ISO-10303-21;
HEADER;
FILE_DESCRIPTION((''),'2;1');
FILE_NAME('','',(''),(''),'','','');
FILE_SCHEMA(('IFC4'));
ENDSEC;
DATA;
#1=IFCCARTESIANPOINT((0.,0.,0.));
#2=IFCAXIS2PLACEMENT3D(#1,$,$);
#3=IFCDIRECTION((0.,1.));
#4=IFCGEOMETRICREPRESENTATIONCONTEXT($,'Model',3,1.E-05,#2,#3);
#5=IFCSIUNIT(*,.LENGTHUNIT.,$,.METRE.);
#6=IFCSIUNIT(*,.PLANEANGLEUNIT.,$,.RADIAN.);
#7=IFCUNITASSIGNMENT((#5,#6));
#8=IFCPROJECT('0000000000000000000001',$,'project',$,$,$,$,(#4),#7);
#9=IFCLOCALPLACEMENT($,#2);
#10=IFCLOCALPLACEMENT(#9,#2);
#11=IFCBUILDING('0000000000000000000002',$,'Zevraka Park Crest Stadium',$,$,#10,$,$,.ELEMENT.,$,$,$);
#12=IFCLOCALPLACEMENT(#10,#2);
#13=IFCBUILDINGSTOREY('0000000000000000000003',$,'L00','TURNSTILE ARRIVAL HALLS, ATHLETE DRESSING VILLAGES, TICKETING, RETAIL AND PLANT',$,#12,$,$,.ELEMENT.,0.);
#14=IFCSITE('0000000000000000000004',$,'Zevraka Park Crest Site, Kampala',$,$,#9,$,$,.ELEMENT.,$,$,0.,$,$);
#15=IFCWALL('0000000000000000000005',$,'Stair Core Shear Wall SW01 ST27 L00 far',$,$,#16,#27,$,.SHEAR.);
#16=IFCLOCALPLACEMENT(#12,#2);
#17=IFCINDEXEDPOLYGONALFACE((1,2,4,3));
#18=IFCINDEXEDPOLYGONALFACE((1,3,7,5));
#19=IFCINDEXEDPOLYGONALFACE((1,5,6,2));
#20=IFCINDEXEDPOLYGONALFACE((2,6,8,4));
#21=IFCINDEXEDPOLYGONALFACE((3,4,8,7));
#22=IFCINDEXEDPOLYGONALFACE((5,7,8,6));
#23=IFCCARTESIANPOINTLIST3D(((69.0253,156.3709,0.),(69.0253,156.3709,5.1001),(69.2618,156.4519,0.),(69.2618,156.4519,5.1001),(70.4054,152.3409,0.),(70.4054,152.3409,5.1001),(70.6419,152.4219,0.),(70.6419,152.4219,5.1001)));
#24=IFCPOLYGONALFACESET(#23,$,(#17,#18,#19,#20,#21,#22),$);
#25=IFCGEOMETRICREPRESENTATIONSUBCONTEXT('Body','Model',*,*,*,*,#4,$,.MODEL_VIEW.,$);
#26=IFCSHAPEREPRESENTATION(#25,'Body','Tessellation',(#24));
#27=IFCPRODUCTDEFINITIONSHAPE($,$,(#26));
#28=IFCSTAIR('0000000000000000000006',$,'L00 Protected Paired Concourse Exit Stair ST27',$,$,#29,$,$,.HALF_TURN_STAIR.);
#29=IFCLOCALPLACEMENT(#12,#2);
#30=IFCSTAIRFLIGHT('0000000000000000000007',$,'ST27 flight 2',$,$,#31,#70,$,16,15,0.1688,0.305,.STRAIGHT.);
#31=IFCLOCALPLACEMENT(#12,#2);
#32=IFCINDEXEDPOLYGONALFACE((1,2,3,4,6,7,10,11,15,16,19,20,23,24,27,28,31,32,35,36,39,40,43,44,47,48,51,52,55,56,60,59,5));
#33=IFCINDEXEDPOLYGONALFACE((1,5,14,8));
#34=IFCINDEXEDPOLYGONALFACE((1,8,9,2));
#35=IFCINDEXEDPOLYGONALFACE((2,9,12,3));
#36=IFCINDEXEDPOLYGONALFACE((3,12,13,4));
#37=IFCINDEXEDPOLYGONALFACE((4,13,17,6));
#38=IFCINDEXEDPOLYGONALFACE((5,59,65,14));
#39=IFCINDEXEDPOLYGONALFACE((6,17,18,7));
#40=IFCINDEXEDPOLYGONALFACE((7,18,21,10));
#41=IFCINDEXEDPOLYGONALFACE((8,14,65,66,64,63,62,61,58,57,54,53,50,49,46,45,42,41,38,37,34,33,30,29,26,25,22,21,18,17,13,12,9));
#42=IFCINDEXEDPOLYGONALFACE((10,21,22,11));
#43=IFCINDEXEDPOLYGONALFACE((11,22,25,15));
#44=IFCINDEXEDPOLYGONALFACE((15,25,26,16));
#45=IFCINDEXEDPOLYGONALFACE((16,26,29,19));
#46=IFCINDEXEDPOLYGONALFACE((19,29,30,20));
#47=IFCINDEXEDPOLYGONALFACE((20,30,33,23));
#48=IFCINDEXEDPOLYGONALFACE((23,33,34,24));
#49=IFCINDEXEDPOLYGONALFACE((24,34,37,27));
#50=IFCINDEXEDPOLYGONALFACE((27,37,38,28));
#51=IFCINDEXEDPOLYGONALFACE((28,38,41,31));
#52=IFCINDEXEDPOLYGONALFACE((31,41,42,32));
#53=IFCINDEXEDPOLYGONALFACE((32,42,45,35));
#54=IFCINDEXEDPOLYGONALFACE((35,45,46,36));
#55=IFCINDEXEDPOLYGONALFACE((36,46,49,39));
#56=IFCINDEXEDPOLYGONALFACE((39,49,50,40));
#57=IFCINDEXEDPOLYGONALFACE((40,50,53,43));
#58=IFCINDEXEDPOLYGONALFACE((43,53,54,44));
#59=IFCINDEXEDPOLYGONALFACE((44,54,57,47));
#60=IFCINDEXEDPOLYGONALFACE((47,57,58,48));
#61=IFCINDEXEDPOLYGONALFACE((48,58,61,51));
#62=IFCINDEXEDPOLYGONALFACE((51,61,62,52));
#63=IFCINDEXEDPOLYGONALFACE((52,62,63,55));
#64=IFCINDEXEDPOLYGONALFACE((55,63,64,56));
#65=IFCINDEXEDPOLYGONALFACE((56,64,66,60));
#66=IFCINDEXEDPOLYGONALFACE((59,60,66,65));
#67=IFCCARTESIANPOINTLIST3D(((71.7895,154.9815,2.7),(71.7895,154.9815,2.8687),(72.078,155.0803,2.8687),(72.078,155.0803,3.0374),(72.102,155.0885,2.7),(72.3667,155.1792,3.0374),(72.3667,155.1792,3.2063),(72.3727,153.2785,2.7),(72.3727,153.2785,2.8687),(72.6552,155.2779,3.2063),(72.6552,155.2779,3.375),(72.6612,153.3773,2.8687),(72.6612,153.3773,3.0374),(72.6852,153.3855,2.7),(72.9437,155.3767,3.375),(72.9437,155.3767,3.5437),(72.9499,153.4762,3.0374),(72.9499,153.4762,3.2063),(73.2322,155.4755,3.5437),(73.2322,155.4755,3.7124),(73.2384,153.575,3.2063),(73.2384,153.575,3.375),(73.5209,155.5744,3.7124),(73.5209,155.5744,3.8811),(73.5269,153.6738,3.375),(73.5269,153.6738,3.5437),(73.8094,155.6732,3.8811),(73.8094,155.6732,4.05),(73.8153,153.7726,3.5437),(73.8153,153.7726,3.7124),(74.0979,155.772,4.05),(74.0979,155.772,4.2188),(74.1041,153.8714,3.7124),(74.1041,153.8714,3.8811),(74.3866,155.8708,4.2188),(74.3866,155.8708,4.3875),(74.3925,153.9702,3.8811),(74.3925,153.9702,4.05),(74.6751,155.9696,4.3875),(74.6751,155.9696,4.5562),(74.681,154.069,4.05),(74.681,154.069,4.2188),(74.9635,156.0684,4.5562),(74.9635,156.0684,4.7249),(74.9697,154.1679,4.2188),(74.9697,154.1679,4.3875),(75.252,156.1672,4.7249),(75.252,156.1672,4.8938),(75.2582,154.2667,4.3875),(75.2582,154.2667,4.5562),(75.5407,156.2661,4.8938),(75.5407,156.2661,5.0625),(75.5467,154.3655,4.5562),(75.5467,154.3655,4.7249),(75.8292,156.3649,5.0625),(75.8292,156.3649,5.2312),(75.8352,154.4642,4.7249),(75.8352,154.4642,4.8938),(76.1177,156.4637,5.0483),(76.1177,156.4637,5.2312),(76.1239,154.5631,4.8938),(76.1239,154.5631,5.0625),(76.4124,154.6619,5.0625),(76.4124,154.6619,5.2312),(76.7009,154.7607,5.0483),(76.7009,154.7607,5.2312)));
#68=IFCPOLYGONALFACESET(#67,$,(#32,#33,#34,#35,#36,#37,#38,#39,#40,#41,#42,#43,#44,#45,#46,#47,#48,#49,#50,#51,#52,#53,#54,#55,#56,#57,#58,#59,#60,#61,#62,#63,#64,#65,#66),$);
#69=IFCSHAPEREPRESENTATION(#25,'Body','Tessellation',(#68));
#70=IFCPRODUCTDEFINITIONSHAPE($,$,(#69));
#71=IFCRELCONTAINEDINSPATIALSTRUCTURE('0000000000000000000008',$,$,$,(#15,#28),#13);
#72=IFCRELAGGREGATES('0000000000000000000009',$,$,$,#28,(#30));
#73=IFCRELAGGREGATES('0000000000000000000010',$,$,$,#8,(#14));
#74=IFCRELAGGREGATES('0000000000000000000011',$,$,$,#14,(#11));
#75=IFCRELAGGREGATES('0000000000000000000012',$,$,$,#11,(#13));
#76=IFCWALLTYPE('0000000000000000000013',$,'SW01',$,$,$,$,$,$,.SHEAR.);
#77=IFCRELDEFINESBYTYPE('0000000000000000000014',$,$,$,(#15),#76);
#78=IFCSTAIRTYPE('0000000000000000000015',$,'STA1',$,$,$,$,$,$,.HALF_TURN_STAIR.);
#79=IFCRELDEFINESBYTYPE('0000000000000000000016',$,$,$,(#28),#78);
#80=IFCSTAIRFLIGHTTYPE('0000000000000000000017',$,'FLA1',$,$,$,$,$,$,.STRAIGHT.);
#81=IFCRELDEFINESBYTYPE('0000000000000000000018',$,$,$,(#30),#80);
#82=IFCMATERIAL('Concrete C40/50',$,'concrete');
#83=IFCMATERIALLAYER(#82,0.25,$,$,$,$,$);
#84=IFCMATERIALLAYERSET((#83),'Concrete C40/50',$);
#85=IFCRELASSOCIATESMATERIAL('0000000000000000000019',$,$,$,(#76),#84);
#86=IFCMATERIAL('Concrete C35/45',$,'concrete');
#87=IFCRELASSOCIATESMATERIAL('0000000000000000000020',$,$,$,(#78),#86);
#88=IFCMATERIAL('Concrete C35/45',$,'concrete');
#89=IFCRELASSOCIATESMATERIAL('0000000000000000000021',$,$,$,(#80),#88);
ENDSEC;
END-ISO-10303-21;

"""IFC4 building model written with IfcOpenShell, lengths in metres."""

from ifc_helpers import new_model, si_unit, direction, frame, frame_2d, origin, place, context, subcontext, project, spatial, polyline, rectangle, outline, extrude, material, layer, layer_set, type_object, element, aggregate, save


model = new_model("IFC4")

# Units and contexts
model_context = context("Model", 3, precision=1e-05, world=origin(), true_north=direction((0.0, 1.0)))
body_context = subcontext(model_context, "Body", "Model", "MODEL_VIEW")
ifc_project = project(units=[si_unit("LENGTHUNIT", "METRE"), si_unit("PLANEANGLEUNIT", "RADIAN")], contexts=[model_context])

# Site, building, storey
site_placement = place(None, origin())
site = spatial("IfcSite", under=ifc_project, at=site_placement, Name="Zevraka Park Crest Site, Kampala", CompositionType="ELEMENT", RefElevation=0.0)
building_placement = place(site_placement, origin())
building = spatial("IfcBuilding", under=site, at=building_placement, Name="Zevraka Park Crest Stadium", CompositionType="ELEMENT")
storey_placement = place(building_placement, origin())
storey = spatial("IfcBuildingStorey", under=building, at=storey_placement, Name="L00", Description="TURNSTILE ARRIVAL HALLS, ATHLETE DRESSING VILLAGES, TICKETING, RETAIL AND PLANT", CompositionType="ELEMENT", Elevation=0.0)

# Shared definitions
ifc_material_1 = material(Name="Concrete C40/50", Category="concrete")
ifc_layer_1 = layer(ifc_material_1, 0.25)
ifc_layer_set_1 = layer_set([ifc_layer_1], Name="Concrete C40/50")
wall_type_1 = type_object("IfcWallType", Name="SW01", PredefinedType="SHEAR", material=ifc_layer_set_1)

# Wall
wall_1_placement = place(storey_placement, frame((69.1436, 156.4114, 0.0), z_axis=(0.0, 0.0, 1.0), x_axis=(0.323989, -0.946061, 0.0)))
element("IfcWall", 1, at=wall_1_placement, inside=storey, type_object=wall_type_1, Name="Stair Core Shear Wall SW01 ST27 L00 far", PredefinedType="SHEAR", context=body_context, shape_type="SweptSolid", body=[
    extrude(rectangle(XDim=4.2598, YDim=0.25, at=frame_2d((2.1299, 0.0))), origin(), (0.0, 0.0, 1.0), 5.1001),
])

# Stair, stair flight
ifc_material_2 = material(Name="Concrete C35/45", Category="concrete")
stair_type = type_object("IfcStairType", Name="STA1", PredefinedType="HALF_TURN_STAIR", material=ifc_material_2)
stair_placement = place(storey_placement, origin())
stair = element("IfcStair", 2, at=stair_placement, inside=storey, type_object=stair_type, Name="L00 Protected Paired Concourse Exit Stair ST27", PredefinedType="HALF_TURN_STAIR")
ifc_material_3 = material(Name="Concrete C35/45", Category="concrete")
stair_flight_type = type_object("IfcStairFlightType", Name="FLA1", PredefinedType="STRAIGHT", material=ifc_material_3)
stair_flight_placement = place(storey_placement, frame((72.0811, 154.1301, 2.7), z_axis=(0.0, 0.0, 1.0), x_axis=(0.946066, 0.323974, 0.0)))
stair_flight = element("IfcStairFlight", 3, at=stair_flight_placement, type_object=stair_flight_type, Name="ST27 flight 2", NumberOfRisers=16, NumberOfTreads=15, PredefinedType="STRAIGHT", RiserHeight=0.1688, TreadLength=0.305, context=body_context, shape_type="SweptSolid", body=[
    extrude(outline(polyline([(0.0, 0.0), (0.0, 0.1687), (0.3049, 0.1687), (0.3049, 0.3374), (0.6101, 0.3374), (0.6101, 0.5063), (0.915, 0.5063), (0.915, 0.675), (1.22, 0.675), (1.22, 0.8438), (1.5249, 0.8438), (1.5249, 1.0125), (1.8301, 1.0125), (1.8301, 1.1812), (2.135, 1.1812), (2.135, 1.3501), (2.4399, 1.3501), (2.4399, 1.5188), (2.7451, 1.5188), (2.7451, 1.6875), (3.05, 1.6875), (3.05, 1.8562), (3.355, 1.8562), (3.355, 2.0249), (3.6599, 2.0249), (3.6599, 2.1938), (3.9651, 2.1938), (3.9651, 2.3625), (4.27, 2.3625), (4.27, 2.5312), (4.575, 2.5312), (4.575, 2.7), (4.575, 2.3484), (0.3303, 0.0), (0.0, 0.0)])), frame((0.0, 0.8999, 0.0), z_axis=(0.0, -1.0, 0.0), x_axis=(1.0, 0.0, 0.0)), (0.0, 0.0, 1.0), 1.8),
])
aggregate(stair, [stair_flight])

save(model, "model.ifc")
